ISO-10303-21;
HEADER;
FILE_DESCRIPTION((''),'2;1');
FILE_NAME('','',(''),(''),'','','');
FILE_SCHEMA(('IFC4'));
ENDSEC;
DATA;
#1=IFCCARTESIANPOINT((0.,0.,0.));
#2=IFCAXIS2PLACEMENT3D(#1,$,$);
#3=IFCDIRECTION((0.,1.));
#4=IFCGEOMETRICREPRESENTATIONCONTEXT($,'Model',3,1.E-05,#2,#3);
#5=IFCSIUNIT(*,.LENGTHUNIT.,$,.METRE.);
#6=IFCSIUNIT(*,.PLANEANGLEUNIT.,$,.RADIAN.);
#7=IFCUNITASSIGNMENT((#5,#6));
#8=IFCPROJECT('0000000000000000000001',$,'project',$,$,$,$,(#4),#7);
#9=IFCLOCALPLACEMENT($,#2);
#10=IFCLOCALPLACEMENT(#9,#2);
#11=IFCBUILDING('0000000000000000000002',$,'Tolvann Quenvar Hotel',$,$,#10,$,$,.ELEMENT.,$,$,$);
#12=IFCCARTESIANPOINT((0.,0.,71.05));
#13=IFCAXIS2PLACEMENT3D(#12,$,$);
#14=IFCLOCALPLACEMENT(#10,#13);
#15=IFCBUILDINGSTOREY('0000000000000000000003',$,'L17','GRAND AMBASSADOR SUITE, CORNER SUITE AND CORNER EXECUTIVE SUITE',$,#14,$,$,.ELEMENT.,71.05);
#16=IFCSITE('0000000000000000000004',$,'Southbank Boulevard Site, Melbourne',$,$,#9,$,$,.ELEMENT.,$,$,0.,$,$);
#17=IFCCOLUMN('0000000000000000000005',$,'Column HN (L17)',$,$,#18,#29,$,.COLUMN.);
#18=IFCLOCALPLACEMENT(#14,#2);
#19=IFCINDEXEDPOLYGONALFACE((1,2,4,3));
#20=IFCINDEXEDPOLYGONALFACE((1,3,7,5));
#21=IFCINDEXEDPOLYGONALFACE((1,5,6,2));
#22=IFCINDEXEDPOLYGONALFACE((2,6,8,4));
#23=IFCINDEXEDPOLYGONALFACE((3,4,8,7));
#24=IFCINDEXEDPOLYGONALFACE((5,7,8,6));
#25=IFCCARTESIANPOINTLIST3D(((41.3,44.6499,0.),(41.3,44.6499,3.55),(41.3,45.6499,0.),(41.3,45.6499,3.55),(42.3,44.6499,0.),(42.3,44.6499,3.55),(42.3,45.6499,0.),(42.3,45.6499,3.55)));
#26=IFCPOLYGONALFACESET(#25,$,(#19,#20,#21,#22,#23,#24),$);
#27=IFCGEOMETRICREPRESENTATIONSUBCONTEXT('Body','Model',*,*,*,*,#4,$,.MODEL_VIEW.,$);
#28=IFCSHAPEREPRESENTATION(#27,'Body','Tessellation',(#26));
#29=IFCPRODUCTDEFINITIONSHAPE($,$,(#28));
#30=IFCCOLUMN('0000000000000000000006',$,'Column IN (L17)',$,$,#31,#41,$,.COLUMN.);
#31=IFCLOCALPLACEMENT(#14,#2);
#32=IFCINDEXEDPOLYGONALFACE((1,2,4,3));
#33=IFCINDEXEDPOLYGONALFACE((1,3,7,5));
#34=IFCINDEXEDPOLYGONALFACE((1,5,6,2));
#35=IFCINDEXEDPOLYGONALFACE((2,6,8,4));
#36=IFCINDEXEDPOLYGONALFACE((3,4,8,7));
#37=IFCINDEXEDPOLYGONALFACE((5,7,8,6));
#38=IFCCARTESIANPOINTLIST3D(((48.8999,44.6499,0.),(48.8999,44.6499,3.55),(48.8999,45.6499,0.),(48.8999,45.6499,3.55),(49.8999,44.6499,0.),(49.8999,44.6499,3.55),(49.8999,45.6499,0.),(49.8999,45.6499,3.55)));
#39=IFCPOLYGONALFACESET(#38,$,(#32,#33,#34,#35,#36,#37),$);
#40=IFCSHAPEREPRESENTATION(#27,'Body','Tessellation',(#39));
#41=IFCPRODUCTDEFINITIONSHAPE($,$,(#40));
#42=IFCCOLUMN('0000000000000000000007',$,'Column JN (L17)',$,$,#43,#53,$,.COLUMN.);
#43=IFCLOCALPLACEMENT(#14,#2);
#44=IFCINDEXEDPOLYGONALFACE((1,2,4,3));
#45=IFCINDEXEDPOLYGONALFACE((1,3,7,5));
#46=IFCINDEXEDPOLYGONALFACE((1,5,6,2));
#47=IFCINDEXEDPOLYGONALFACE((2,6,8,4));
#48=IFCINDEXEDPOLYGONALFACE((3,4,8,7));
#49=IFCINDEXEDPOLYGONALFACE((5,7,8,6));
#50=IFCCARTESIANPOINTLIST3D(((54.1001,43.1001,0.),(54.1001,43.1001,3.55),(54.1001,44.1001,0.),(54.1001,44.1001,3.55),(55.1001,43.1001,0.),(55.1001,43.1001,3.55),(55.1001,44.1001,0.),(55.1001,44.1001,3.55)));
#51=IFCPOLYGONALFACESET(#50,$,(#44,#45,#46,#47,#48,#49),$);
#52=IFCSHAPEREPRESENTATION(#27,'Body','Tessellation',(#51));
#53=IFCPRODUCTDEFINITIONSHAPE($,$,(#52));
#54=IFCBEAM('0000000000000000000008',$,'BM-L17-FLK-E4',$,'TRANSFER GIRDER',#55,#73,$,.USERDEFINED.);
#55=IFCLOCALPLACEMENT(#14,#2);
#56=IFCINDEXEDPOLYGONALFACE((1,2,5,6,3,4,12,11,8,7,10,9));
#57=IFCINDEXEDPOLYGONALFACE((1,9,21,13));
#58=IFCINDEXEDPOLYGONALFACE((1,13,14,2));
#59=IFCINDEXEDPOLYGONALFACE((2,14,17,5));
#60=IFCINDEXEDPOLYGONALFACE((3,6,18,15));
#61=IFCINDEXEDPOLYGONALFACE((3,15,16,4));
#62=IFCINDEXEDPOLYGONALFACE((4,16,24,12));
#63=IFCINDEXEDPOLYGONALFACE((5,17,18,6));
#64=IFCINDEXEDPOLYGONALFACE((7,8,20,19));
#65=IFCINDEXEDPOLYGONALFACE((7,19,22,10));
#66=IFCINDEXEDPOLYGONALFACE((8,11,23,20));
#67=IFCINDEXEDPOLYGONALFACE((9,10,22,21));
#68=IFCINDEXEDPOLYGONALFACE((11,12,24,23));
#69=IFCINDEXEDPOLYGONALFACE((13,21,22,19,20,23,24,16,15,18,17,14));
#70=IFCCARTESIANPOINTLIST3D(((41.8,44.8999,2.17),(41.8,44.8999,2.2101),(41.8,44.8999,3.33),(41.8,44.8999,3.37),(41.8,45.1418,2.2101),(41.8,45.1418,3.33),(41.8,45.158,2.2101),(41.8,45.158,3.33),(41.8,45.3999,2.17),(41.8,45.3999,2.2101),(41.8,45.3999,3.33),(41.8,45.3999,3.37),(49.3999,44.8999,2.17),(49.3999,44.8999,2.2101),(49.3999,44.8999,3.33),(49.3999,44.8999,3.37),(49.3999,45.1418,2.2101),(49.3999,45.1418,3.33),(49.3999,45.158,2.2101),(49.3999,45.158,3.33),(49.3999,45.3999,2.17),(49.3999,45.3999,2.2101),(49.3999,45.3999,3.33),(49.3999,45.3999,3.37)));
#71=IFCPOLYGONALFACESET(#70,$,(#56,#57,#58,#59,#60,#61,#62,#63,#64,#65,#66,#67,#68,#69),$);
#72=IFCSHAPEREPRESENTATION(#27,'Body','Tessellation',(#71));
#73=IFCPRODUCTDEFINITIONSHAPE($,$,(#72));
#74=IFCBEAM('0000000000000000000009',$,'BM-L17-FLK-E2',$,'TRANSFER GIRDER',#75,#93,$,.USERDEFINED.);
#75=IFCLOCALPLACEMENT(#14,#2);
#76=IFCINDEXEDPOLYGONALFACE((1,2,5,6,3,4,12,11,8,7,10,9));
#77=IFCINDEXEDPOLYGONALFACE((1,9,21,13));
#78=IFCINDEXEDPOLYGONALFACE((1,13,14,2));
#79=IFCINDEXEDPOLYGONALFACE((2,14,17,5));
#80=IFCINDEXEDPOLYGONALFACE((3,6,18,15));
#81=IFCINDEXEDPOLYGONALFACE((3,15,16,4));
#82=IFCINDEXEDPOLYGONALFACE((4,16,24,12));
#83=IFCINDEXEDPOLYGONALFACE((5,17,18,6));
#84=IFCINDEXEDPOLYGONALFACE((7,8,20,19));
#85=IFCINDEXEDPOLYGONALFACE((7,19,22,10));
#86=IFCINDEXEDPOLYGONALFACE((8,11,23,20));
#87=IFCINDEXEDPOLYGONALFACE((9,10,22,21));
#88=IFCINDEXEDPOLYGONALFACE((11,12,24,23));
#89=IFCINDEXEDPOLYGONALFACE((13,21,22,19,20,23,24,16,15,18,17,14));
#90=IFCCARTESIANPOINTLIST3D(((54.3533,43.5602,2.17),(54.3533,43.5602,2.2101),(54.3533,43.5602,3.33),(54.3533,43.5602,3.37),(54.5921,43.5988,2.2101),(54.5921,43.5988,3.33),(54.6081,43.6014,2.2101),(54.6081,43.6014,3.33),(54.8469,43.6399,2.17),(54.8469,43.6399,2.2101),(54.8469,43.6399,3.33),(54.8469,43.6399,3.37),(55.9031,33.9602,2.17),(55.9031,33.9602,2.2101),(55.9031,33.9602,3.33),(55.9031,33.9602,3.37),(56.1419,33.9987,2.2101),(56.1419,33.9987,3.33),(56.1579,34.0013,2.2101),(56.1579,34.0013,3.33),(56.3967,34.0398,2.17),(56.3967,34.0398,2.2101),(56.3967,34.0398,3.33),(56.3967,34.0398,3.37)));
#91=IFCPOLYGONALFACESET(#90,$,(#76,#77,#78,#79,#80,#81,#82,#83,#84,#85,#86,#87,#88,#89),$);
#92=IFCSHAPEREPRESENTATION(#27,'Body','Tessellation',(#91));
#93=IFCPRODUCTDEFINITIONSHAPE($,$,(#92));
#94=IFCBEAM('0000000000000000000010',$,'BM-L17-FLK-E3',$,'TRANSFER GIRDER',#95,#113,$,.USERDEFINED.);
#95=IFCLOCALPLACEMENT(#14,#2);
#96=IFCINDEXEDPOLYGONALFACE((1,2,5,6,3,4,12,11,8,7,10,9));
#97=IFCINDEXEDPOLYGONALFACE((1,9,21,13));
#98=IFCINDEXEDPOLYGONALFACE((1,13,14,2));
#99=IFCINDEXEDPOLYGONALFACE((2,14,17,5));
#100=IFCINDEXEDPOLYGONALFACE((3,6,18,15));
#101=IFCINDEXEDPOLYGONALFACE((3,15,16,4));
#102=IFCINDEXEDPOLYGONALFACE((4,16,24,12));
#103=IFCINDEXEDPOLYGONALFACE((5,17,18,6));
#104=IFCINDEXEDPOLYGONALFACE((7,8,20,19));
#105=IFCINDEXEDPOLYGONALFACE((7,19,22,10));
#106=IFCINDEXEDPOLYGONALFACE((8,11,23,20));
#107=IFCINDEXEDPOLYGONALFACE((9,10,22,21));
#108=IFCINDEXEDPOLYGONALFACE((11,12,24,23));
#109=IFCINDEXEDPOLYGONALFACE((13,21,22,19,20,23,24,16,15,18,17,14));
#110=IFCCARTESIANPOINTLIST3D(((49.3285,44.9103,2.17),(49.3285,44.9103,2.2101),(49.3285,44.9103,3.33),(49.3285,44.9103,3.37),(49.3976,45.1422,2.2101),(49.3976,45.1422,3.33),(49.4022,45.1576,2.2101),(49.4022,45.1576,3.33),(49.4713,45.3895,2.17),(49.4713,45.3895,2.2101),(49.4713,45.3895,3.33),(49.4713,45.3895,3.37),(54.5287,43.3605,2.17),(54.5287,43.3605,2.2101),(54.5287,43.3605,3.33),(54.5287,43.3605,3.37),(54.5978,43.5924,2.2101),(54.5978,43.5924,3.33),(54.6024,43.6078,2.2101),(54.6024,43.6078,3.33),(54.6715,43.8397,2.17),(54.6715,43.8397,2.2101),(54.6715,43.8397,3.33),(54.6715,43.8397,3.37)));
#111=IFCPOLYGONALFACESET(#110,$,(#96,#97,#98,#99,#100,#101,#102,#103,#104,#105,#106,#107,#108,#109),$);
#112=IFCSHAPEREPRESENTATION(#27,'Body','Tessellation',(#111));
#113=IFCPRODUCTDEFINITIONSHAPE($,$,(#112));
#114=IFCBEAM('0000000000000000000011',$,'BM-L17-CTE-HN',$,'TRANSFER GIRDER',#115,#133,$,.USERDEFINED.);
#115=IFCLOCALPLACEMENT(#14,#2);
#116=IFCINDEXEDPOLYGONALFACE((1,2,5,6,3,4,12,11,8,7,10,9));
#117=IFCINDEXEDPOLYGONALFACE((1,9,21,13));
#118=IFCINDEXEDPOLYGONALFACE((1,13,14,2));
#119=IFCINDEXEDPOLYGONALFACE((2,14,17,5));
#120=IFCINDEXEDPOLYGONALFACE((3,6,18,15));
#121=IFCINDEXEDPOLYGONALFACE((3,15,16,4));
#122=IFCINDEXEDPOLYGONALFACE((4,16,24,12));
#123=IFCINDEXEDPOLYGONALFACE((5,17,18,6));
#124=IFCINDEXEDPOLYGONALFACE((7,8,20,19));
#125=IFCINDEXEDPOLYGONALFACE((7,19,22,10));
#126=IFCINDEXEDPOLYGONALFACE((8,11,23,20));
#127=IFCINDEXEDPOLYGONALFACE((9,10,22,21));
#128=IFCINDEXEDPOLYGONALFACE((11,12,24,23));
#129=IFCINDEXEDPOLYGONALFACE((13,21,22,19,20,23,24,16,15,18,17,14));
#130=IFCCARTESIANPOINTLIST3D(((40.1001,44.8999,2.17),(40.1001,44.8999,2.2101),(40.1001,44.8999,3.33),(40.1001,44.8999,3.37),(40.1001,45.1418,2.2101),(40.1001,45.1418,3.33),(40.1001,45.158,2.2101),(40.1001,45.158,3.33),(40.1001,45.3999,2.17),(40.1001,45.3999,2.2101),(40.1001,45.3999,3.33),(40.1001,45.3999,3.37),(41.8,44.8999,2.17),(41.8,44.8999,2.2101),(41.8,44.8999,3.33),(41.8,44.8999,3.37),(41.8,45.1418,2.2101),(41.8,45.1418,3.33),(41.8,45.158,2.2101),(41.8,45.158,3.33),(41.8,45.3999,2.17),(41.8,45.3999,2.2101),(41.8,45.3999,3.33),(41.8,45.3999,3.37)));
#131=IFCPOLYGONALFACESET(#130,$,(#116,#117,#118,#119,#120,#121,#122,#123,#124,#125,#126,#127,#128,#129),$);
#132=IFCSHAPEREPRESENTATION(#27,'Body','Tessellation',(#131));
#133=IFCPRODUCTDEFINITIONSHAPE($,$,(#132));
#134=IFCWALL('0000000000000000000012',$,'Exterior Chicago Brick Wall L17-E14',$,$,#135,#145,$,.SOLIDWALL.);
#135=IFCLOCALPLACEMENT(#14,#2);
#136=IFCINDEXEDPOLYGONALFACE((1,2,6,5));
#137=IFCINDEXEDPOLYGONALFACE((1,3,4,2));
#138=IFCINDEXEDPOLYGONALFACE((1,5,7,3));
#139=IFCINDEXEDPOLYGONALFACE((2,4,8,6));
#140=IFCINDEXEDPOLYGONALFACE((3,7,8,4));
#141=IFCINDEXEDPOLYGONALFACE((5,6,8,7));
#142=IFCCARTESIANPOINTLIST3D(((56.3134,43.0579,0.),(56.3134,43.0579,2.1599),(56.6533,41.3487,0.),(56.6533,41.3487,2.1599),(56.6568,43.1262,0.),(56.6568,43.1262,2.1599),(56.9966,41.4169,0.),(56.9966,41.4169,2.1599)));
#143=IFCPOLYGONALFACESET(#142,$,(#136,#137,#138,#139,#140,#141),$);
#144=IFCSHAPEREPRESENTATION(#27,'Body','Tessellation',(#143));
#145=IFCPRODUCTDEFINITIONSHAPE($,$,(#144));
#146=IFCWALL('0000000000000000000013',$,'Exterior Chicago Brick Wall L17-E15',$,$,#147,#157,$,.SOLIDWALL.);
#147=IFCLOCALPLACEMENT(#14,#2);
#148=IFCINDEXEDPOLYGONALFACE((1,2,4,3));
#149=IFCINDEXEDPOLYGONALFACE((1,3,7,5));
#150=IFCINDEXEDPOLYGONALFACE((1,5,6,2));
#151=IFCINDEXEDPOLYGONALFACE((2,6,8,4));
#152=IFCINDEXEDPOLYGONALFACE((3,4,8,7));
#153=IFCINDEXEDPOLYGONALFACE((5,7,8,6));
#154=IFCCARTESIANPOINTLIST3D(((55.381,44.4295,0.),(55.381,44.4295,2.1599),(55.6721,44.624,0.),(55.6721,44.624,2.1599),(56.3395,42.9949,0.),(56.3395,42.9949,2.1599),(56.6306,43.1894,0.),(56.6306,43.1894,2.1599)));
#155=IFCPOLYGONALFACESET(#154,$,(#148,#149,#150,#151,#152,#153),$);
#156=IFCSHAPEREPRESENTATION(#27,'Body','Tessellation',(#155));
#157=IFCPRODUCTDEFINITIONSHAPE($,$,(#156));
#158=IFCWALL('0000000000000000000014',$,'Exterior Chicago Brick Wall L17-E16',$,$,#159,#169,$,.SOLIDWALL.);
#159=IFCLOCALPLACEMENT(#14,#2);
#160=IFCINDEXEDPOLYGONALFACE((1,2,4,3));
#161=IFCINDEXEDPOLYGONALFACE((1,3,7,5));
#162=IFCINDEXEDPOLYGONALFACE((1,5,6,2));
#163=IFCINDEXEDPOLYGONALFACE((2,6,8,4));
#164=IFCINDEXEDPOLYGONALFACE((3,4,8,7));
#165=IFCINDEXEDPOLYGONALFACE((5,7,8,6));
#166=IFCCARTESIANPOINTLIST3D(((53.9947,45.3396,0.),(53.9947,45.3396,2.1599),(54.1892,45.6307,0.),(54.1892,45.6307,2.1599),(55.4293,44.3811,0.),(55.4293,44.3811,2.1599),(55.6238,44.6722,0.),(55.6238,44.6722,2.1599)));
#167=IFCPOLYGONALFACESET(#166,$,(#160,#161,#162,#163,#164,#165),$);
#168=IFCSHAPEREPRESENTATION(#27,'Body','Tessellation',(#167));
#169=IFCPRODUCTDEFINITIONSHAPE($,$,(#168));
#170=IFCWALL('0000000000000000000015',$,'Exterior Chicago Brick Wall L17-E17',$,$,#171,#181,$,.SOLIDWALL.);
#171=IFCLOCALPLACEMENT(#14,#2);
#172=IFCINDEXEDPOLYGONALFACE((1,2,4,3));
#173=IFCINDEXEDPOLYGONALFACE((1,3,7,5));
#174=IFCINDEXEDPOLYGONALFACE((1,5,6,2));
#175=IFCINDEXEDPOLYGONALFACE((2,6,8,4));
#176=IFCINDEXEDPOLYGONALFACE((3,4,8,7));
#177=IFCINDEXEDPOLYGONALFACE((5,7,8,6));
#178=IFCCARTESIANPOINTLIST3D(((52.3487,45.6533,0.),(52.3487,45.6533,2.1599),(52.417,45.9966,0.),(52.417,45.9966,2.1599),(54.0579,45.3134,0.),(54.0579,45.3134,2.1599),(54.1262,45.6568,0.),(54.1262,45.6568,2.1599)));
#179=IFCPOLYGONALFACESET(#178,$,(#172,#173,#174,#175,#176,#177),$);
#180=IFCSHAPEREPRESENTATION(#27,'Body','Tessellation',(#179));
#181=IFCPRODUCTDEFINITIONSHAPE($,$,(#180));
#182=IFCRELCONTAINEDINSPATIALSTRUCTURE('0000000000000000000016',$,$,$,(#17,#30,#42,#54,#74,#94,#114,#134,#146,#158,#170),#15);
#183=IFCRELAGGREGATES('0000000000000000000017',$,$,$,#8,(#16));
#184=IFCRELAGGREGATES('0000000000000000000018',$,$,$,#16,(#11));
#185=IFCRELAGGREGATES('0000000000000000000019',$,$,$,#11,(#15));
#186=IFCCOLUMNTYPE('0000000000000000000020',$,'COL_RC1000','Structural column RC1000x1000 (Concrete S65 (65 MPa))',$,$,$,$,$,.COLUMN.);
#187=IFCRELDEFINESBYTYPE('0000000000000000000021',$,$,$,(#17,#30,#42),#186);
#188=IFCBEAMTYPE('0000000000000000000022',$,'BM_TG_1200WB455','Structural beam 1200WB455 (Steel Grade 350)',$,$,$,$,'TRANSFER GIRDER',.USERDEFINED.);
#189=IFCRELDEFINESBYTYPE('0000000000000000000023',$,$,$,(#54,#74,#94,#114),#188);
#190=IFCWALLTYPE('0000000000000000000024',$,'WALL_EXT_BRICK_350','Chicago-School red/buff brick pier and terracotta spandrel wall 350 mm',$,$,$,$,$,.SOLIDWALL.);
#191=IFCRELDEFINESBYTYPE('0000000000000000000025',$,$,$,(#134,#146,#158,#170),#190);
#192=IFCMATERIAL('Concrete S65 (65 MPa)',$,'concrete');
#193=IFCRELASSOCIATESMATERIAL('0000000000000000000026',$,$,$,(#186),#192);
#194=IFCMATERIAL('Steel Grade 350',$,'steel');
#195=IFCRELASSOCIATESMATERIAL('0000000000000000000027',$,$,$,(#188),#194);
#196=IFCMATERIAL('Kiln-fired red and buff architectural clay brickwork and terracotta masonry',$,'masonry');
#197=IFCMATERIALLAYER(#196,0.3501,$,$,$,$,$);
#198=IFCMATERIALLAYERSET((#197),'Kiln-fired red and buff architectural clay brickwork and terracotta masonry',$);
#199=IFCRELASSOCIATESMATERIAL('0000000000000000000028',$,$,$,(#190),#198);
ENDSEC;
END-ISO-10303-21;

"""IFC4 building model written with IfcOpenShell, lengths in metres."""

from ifc_helpers import new_model, si_unit, direction, frame, frame_2d, origin, origin_2d, place, context, subcontext, project, spatial, rectangle, i_section, extrude, source, transform, mapped, material, layer, layer_set, material_profile, profile_set, type_object, type_shapes, element, save


model = new_model("IFC4")

# Units and contexts
model_context = context("Model", 3, precision=1e-05, world=origin(), true_north=direction((0.0, 1.0)))
body_context = subcontext(model_context, "Body", "Model", "MODEL_VIEW")
ifc_project = project(units=[si_unit("LENGTHUNIT", "METRE"), si_unit("PLANEANGLEUNIT", "RADIAN")], contexts=[model_context])

# Site, building, storey
site_placement = place(None, origin())
site = spatial("IfcSite", under=ifc_project, at=site_placement, Name="Southbank Boulevard Site, Melbourne", CompositionType="ELEMENT", RefElevation=0.0)
building_placement = place(site_placement, origin())
building = spatial("IfcBuilding", under=site, at=building_placement, Name="Tolvann Quenvar Hotel", CompositionType="ELEMENT")
storey_placement = place(building_placement, frame((0.0, 0.0, 71.05)))
storey = spatial("IfcBuildingStorey", under=building, at=storey_placement, Name="L17", Description="GRAND AMBASSADOR SUITE, CORNER SUITE AND CORNER EXECUTIVE SUITE", CompositionType="ELEMENT", Elevation=71.05)

# Columns
ifc_material_1 = material(Name="Concrete S65 (65 MPa)", Category="concrete")
ifc_material_profile_1 = material_profile(ifc_material_1, rectangle(XDim=1.0, YDim=1.0, at=origin_2d()), Name="RC1000x1000")
ifc_profile_set_1 = profile_set([ifc_material_profile_1], Name="Concrete S65 (65 MPa)")
column_type = type_object("IfcColumnType", Name="COL_RC1000", Description="Structural column RC1000x1000 (Concrete S65 (65 MPa))", PredefinedType="COLUMN", material=ifc_profile_set_1)
shared_shape_1 = source(origin(), body_context, "Body", "SweptSolid", [
    extrude(rectangle(XDim=1.0, YDim=1.0, at=origin_2d()), origin(), (0.0, 0.0, 1.0), 3.55),
])
type_shapes(column_type, [shared_shape_1])
for number, where, z_axis, x_axis, name in (
    (1, (41.8, 45.1499, 0.0), (0.0, 0.0, 1.0), (1.0, 0.0, 0.0), "Column HN (L17)"),
    (2, (49.3999, 45.1499, 0.0), (0.0, 0.0, 1.0), (1.0, 0.0, 0.0), "Column IN (L17)"),
    (3, (54.6001, 43.6001, 0.0), (0.0, 0.0, 1.0), (1.0, 0.0, 0.0), "Column JN (L17)"),
):
    element("IfcColumn", number, at=place(storey_placement, frame(where, z_axis=z_axis, x_axis=x_axis)), inside=storey, type_object=column_type, Name=name, PredefinedType="COLUMN", context=body_context, shape_type="MappedRepresentation", body=[
        mapped(shared_shape_1, transform((0.0, 0.0, 0.0), x_axis=(1.0, 0.0, 0.0), y_axis=(0.0, 1.0, 0.0), z_axis=(0.0, 0.0, 1.0), scale=1.0)),
    ])

# Beams
ifc_material_2 = material(Name="Steel Grade 350", Category="steel")
ifc_material_profile_2 = material_profile(ifc_material_2, i_section(OverallWidth=0.5, OverallDepth=1.2, WebThickness=0.0161, FlangeThickness=0.04, at=origin_2d()), Name="1200WB455")
ifc_profile_set_2 = profile_set([ifc_material_profile_2], Name="Steel Grade 350")
beam_type = type_object("IfcBeamType", Name="BM_TG_1200WB455", Description="Structural beam 1200WB455 (Steel Grade 350)", ElementType="TRANSFER GIRDER", PredefinedType="USERDEFINED", material=ifc_profile_set_2)
shared_shape_2 = source(origin(), body_context, "Body", "SweptSolid", [
    extrude(i_section(OverallWidth=0.5, OverallDepth=1.2, WebThickness=0.0161, FlangeThickness=0.04, at=origin_2d()), origin(), (0.0, 0.0, 1.0), 7.5999),
])
beam_1_placement = place(storey_placement, frame((49.3999, 45.1499, 2.77), z_axis=(-1.0, 0.0, 0.0), x_axis=(0.0, -1.0, 0.0)))
element("IfcBeam", 4, at=beam_1_placement, inside=storey, type_object=beam_type, Name="BM-L17-FLK-E4", ObjectType="TRANSFER GIRDER", PredefinedType="USERDEFINED", context=body_context, shape_type="MappedRepresentation", body=[
    mapped(shared_shape_2, transform((0.0, 0.0, 0.0), x_axis=(1.0, 0.0, 0.0), y_axis=(0.0, 1.0, 0.0), z_axis=(0.0, 0.0, 1.0), scale=1.0)),
])
shared_shape_3 = source(origin(), body_context, "Body", "SweptSolid", [
    extrude(i_section(OverallWidth=0.5, OverallDepth=1.2, WebThickness=0.0161, FlangeThickness=0.04, at=origin_2d()), origin(), (0.0, 0.0, 1.0), 9.7244),
])
beam_2_placement = place(storey_placement, frame((56.1499, 34.0, 2.77), z_axis=(-0.159373, 0.987218, 0.0), x_axis=(-0.987218, -0.159373, 0.0)))
element("IfcBeam", 5, at=beam_2_placement, inside=storey, type_object=beam_type, Name="BM-L17-FLK-E2", ObjectType="TRANSFER GIRDER", PredefinedType="USERDEFINED", context=body_context, shape_type="MappedRepresentation", body=[
    mapped(shared_shape_3, transform((0.0, 0.0, 0.0), x_axis=(1.0, 0.0, 0.0), y_axis=(0.0, 1.0, 0.0), z_axis=(0.0, 0.0, 1.0), scale=1.0)),
])
shared_shape_4 = source(origin(), body_context, "Body", "SweptSolid", [
    extrude(i_section(OverallWidth=0.5, OverallDepth=1.2, WebThickness=0.0161, FlangeThickness=0.04, at=origin_2d()), origin(), (0.0, 0.0, 1.0), 5.4263),
])
beam_3_placement = place(storey_placement, frame((54.6001, 43.6001, 2.77), z_axis=(-0.958345, 0.285614, 0.0), x_axis=(-0.285614, -0.958345, 0.0)))
element("IfcBeam", 6, at=beam_3_placement, inside=storey, type_object=beam_type, Name="BM-L17-FLK-E3", ObjectType="TRANSFER GIRDER", PredefinedType="USERDEFINED", context=body_context, shape_type="MappedRepresentation", body=[
    mapped(shared_shape_4, transform((0.0, 0.0, 0.0), x_axis=(1.0, 0.0, 0.0), y_axis=(0.0, 1.0, 0.0), z_axis=(0.0, 0.0, 1.0), scale=1.0)),
])
shared_shape_5 = source(origin(), body_context, "Body", "SweptSolid", [
    extrude(i_section(OverallWidth=0.5, OverallDepth=1.2, WebThickness=0.0161, FlangeThickness=0.04, at=origin_2d()), origin(), (0.0, 0.0, 1.0), 1.7),
])
type_shapes(beam_type, [shared_shape_2, shared_shape_3, shared_shape_4, shared_shape_5])
beam_4_placement = place(storey_placement, frame((40.1001, 45.1499, 2.77), z_axis=(1.0, 0.0, 0.0), x_axis=(0.0, 1.0, 0.0)))
element("IfcBeam", 7, at=beam_4_placement, inside=storey, type_object=beam_type, Name="BM-L17-CTE-HN", ObjectType="TRANSFER GIRDER", PredefinedType="USERDEFINED", context=body_context, shape_type="MappedRepresentation", body=[
    mapped(shared_shape_5, transform((0.0, 0.0, 0.0), x_axis=(1.0, 0.0, 0.0), y_axis=(0.0, 1.0, 0.0), z_axis=(0.0, 0.0, 1.0), scale=1.0)),
])

# Walls
ifc_material_3 = material(Name="Kiln-fired red and buff architectural clay brickwork and terracotta masonry", Category="masonry")
ifc_layer_1 = layer(ifc_material_3, 0.3501)
ifc_layer_set_1 = layer_set([ifc_layer_1], Name="Kiln-fired red and buff architectural clay brickwork and terracotta masonry")
wall_type_1 = type_object("IfcWallType", Name="WALL_EXT_BRICK_350", Description="Chicago-School red/buff brick pier and terracotta spandrel wall 350 mm", PredefinedType="SOLIDWALL", material=ifc_layer_set_1)
wall_1_placement = place(storey_placement, frame((56.825, 41.3828, 0.0), z_axis=(0.0, 0.0, 1.0), x_axis=(-0.195011, 0.980801, 0.0)))
element("IfcWall", 8, at=wall_1_placement, inside=storey, type_object=wall_type_1, Name="Exterior Chicago Brick Wall L17-E14", PredefinedType="SOLIDWALL", context=body_context, shape_type="SweptSolid", body=[
    extrude(rectangle(XDim=1.7427, YDim=0.3501, at=frame_2d((0.8713, 0.0))), origin(), (0.0, 0.0, 1.0), 2.1599),
])
for number, where, z_axis, x_axis, name in (
    (9, (56.4851, 43.092, 0.0), (0.0, 0.0, 1.0), (-0.555549, 0.831484, 0.0), "Exterior Chicago Brick Wall L17-E15"),
    (10, (55.5266, 44.5266, 0.0), (0.0, 0.0, 1.0), (-0.831484, 0.555549, 0.0), "Exterior Chicago Brick Wall L17-E16"),
):
    element("IfcWall", number, at=place(storey_placement, frame(where, z_axis=z_axis, x_axis=x_axis)), inside=storey, type_object=wall_type_1, Name=name, PredefinedType="SOLIDWALL", context=body_context, shape_type="SweptSolid", body=[
        extrude(rectangle(XDim=1.7253, YDim=0.3501, at=frame_2d((0.8628, 0.0))), origin(), (0.0, 0.0, 1.0), 2.1599),
    ])
wall_2_placement = place(storey_placement, frame((54.092, 45.4851, 0.0), z_axis=(0.0, 0.0, 1.0), x_axis=(-0.980801, 0.195011, 0.0)))
element("IfcWall", 11, at=wall_2_placement, inside=storey, type_object=wall_type_1, Name="Exterior Chicago Brick Wall L17-E17", PredefinedType="SOLIDWALL", context=body_context, shape_type="SweptSolid", body=[
    extrude(rectangle(XDim=1.7427, YDim=0.3501, at=frame_2d((0.8713, 0.0))), origin(), (0.0, 0.0, 1.0), 2.1599),
])

save(model, "model.ifc")
